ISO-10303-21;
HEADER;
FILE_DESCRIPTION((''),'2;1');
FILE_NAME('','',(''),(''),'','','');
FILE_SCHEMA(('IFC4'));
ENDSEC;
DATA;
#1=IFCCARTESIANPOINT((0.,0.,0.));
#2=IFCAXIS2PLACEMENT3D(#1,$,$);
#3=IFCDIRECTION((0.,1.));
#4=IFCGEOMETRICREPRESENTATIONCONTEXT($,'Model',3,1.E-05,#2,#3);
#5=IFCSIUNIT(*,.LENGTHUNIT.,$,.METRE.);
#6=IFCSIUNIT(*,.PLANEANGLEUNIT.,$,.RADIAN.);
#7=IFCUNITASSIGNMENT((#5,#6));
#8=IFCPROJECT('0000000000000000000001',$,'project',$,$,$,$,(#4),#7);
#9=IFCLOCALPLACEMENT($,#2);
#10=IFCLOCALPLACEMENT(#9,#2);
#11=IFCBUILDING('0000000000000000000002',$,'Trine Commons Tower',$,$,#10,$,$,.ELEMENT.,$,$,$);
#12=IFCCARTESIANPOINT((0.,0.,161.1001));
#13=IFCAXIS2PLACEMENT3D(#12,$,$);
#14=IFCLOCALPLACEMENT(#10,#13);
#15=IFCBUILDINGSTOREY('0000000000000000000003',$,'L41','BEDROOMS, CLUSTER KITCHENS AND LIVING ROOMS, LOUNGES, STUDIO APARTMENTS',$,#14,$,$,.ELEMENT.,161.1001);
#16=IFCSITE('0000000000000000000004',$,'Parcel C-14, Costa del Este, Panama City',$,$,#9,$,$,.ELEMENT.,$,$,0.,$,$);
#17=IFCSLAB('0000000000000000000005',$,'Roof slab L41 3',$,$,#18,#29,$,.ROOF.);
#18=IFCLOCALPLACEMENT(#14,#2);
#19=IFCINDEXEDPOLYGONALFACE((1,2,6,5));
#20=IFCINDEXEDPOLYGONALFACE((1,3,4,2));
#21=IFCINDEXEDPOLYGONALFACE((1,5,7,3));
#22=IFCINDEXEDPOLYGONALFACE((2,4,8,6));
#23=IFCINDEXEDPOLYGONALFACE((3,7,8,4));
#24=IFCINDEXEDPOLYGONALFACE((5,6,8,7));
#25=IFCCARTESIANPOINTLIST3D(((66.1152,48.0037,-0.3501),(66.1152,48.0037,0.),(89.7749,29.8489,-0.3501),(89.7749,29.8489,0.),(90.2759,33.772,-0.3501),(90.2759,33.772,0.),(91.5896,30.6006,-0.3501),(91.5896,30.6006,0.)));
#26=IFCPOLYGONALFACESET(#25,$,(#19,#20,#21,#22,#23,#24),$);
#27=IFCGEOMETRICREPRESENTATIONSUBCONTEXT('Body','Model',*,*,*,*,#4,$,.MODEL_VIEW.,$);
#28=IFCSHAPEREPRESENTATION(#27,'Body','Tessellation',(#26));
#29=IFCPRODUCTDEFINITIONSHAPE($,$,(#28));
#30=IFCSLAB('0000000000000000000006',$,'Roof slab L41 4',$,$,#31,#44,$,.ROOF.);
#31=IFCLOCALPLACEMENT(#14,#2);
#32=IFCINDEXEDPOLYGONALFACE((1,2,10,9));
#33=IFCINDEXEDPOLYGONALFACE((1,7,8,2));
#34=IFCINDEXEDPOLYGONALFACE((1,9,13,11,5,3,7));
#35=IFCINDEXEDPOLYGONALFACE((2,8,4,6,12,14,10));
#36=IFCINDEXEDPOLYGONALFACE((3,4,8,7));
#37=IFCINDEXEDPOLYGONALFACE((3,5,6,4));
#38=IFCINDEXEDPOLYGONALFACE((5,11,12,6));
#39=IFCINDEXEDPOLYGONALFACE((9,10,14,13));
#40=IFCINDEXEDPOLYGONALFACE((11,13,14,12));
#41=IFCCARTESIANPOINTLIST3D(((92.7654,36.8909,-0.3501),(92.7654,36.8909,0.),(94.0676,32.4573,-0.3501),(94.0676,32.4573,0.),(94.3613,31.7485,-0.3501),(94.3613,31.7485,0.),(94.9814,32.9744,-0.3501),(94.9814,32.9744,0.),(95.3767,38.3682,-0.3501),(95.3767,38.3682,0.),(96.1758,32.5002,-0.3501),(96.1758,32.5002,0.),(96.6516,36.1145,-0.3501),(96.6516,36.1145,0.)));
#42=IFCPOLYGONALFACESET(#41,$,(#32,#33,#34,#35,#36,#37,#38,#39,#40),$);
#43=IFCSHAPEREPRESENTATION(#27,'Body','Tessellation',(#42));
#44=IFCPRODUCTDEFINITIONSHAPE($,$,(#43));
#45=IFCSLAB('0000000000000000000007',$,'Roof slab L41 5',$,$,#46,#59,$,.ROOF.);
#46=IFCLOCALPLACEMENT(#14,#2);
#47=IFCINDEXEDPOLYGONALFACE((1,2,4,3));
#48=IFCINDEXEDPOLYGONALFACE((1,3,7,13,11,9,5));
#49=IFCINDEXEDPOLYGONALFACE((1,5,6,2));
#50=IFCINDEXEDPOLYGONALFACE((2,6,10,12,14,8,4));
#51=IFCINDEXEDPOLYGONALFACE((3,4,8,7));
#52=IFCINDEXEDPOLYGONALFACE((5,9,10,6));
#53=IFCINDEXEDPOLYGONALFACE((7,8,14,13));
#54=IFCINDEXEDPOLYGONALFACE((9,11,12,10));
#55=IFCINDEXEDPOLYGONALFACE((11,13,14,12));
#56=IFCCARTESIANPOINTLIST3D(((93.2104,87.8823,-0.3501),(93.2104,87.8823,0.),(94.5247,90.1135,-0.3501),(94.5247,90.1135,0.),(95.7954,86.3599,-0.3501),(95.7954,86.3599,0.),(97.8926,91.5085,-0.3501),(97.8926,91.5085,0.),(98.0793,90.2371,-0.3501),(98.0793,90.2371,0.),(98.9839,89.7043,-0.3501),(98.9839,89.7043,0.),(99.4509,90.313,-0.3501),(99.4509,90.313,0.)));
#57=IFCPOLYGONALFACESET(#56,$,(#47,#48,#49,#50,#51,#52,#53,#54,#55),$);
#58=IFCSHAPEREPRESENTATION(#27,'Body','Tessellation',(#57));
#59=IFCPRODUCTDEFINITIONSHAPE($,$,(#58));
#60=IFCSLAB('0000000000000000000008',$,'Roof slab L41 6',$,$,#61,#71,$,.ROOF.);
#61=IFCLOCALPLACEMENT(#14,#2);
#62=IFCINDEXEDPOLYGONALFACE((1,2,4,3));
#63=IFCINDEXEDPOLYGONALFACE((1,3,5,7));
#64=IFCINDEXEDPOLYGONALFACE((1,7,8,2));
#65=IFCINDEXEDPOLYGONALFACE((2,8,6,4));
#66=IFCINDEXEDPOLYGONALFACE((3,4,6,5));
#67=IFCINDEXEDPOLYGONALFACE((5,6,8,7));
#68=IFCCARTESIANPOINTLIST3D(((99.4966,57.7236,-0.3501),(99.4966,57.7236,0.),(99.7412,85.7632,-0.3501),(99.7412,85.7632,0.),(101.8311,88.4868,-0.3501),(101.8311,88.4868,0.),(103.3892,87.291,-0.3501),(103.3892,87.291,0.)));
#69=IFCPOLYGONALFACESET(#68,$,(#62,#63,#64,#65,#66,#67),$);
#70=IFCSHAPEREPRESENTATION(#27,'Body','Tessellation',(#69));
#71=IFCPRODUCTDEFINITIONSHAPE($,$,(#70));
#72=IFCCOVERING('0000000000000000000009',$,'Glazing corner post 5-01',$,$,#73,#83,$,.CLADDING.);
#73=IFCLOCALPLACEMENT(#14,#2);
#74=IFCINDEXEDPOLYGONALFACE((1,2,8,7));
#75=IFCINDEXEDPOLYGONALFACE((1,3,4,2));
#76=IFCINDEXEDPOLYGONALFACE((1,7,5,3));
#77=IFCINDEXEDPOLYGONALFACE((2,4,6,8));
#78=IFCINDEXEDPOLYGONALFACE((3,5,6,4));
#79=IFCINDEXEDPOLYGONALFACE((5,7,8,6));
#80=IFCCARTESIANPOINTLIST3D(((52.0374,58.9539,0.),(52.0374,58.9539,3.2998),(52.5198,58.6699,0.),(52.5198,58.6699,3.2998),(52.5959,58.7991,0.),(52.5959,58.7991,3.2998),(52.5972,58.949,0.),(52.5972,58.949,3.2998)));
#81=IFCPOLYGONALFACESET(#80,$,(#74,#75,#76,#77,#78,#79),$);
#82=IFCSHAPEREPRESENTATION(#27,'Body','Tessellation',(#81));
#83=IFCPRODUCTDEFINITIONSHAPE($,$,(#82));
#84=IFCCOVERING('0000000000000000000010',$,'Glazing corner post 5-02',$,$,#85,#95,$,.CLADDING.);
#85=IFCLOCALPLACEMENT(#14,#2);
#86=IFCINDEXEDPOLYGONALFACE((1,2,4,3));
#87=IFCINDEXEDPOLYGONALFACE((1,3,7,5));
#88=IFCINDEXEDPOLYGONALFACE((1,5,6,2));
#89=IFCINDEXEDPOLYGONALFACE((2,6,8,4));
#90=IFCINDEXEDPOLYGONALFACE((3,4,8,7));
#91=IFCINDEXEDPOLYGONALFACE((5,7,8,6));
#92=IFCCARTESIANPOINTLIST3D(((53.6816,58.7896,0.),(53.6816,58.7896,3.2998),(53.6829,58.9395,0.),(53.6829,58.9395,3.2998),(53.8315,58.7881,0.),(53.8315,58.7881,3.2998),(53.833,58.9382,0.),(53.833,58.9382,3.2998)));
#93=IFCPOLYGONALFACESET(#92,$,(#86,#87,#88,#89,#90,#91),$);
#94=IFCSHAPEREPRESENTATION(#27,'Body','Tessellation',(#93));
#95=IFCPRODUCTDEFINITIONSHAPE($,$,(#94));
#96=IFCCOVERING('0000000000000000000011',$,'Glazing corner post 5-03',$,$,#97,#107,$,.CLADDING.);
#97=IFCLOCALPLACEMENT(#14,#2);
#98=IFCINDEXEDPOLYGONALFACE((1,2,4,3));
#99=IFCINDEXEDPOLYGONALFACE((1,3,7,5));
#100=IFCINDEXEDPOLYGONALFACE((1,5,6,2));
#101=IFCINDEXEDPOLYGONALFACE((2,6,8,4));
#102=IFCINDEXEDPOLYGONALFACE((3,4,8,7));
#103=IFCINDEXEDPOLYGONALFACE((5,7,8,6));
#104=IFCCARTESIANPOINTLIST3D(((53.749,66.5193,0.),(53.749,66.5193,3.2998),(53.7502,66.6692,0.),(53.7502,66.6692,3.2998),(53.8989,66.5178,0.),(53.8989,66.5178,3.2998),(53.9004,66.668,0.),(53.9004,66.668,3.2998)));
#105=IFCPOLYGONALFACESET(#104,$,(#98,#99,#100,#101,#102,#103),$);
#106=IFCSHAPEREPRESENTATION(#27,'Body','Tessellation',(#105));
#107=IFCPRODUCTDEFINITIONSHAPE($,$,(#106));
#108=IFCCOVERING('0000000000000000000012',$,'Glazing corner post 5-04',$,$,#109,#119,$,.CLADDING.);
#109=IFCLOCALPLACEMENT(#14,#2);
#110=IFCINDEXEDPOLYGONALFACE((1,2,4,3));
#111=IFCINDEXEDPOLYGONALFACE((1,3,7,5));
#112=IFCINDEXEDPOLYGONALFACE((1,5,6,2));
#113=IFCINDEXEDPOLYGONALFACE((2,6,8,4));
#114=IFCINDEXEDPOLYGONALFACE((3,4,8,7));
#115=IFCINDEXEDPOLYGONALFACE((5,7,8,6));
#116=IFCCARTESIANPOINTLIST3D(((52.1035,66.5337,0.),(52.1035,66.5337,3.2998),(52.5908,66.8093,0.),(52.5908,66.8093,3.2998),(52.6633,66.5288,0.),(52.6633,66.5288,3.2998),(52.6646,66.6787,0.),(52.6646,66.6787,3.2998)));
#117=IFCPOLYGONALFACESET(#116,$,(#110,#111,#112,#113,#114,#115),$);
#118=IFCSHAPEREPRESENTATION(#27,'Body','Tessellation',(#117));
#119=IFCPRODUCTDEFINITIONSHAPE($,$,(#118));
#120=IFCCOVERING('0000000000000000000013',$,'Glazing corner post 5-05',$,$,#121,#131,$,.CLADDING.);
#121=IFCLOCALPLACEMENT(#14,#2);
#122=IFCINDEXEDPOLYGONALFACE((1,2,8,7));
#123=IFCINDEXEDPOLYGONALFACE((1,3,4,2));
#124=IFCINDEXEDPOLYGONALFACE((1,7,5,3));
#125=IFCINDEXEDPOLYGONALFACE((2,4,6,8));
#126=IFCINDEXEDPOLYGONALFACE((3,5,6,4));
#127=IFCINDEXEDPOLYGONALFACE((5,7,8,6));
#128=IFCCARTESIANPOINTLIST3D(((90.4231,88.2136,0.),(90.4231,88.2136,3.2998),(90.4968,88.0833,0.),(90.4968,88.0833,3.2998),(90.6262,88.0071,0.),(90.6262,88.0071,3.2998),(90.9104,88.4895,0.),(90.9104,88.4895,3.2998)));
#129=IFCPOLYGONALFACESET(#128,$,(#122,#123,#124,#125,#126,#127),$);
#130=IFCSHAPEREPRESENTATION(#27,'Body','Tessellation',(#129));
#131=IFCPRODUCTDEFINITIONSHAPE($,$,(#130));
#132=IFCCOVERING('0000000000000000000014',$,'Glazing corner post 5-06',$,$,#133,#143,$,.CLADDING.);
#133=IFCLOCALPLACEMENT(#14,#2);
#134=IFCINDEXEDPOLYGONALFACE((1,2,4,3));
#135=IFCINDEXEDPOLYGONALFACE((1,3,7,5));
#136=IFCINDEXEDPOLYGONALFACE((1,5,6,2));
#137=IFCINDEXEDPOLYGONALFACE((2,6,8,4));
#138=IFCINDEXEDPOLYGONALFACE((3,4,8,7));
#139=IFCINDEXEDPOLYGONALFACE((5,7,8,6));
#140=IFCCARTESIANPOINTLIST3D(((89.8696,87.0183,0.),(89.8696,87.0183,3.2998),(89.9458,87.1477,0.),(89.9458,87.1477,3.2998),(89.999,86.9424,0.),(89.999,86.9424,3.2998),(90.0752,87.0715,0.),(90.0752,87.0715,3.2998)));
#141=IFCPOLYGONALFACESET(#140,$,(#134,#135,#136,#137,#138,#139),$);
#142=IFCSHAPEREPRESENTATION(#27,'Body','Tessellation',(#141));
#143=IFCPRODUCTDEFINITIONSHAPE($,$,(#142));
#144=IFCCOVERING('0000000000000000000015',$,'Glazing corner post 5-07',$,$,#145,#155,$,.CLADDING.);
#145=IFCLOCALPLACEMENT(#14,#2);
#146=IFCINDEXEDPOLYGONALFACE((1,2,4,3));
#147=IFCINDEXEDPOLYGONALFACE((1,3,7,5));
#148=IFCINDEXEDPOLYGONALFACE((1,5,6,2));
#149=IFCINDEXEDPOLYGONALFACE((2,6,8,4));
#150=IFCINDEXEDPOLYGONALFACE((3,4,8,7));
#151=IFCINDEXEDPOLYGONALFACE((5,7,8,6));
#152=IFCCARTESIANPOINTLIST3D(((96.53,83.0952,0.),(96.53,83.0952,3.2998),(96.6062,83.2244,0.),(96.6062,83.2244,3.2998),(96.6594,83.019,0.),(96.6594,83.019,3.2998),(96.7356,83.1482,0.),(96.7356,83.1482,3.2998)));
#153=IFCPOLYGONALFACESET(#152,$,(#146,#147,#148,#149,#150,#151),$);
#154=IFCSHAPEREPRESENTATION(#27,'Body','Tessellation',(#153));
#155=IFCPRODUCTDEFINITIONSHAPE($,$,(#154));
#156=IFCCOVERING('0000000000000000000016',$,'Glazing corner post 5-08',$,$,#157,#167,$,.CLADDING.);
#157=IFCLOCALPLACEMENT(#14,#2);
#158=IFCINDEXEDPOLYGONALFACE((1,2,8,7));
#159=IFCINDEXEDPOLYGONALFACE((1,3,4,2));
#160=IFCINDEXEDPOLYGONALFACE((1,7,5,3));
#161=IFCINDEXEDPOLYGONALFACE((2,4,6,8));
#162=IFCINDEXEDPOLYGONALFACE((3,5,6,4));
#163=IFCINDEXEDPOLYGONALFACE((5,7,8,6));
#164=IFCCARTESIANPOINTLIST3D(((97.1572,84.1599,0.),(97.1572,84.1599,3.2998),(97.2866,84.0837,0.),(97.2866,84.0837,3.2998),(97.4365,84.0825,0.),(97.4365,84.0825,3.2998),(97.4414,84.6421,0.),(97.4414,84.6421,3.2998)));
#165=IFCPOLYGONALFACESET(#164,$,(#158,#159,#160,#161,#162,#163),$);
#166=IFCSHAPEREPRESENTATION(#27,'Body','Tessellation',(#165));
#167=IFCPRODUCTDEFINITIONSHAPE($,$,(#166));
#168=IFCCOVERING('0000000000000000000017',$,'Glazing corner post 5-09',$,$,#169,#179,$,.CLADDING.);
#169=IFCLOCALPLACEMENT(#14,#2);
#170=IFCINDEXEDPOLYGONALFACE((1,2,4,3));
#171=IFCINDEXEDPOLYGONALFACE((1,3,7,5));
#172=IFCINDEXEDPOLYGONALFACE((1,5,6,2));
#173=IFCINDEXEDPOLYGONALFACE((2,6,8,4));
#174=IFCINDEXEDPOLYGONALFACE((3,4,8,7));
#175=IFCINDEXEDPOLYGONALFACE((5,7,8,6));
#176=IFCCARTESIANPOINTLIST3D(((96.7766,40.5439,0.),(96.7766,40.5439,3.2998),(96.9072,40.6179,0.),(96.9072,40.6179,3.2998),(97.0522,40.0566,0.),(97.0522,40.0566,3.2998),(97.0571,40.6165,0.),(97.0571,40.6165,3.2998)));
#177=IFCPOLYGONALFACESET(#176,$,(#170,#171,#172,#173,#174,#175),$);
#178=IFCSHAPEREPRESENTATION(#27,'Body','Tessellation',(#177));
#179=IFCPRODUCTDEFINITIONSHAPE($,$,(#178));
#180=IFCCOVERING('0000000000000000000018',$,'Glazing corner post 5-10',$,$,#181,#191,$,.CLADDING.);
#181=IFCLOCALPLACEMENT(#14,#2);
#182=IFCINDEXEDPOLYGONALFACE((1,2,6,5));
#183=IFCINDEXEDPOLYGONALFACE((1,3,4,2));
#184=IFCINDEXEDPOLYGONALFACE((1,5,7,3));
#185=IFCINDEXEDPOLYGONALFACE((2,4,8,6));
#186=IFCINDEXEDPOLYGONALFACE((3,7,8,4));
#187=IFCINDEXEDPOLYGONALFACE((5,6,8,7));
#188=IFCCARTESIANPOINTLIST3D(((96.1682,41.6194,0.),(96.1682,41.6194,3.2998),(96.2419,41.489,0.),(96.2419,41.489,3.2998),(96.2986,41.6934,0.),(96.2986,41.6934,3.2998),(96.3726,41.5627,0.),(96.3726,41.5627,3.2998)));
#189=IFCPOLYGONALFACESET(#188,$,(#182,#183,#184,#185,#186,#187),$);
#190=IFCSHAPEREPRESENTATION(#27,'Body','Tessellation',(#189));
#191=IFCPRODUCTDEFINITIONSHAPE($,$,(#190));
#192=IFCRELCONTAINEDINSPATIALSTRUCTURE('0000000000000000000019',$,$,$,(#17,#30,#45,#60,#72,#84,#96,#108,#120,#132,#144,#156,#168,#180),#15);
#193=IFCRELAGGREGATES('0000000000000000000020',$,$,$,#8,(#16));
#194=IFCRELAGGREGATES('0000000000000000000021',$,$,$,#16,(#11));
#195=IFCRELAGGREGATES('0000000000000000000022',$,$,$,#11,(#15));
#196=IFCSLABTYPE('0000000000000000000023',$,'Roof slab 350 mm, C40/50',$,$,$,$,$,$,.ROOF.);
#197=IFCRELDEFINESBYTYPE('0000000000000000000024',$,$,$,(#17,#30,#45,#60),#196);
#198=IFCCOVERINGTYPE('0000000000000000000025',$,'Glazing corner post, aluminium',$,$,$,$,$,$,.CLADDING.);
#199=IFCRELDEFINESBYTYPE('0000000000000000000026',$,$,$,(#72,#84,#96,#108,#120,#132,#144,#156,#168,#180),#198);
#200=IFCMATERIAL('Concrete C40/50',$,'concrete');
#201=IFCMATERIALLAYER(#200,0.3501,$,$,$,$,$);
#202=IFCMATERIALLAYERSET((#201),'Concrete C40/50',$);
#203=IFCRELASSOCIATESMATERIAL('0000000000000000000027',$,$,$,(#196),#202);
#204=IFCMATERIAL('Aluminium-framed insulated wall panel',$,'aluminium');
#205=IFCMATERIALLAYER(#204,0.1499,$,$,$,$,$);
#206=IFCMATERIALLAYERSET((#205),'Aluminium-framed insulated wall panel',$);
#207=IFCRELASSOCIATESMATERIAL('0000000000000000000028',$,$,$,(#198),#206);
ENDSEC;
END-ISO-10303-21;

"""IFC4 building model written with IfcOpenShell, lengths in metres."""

from ifc_helpers import new_model, si_unit, direction, frame, origin, place, context, subcontext, project, spatial, polyline, outline, extrude, material, layer, layer_set, type_object, element, save


model = new_model("IFC4")

# Units and contexts
model_context = context("Model", 3, precision=1e-05, world=origin(), true_north=direction((0.0, 1.0)))
body_context = subcontext(model_context, "Body", "Model", "MODEL_VIEW")
ifc_project = project(units=[si_unit("LENGTHUNIT", "METRE"), si_unit("PLANEANGLEUNIT", "RADIAN")], contexts=[model_context])

# Site, building, storey
site_placement = place(None, origin())
site = spatial("IfcSite", under=ifc_project, at=site_placement, Name="Parcel C-14, Costa del Este, Panama City", CompositionType="ELEMENT", RefElevation=0.0)
building_placement = place(site_placement, origin())
building = spatial("IfcBuilding", under=site, at=building_placement, Name="Trine Commons Tower", CompositionType="ELEMENT")
storey_placement = place(building_placement, frame((0.0, 0.0, 161.1001)))
storey = spatial("IfcBuildingStorey", under=building, at=storey_placement, Name="L41", Description="BEDROOMS, CLUSTER KITCHENS AND LIVING ROOMS, LOUNGES, STUDIO APARTMENTS", CompositionType="ELEMENT", Elevation=161.1001)

# Slabs
ifc_material_1 = material(Name="Concrete C40/50", Category="concrete")
ifc_layer_1 = layer(ifc_material_1, 0.3501)
ifc_layer_set_1 = layer_set([ifc_layer_1], Name="Concrete C40/50")
slab_type_1 = type_object("IfcSlabType", Name="Roof slab 350 mm, C40/50", PredefinedType="ROOF", material=ifc_layer_set_1)
slab_1_placement = place(storey_placement, frame((0.0, 0.0, -0.3501)))
element("IfcSlab", 1, at=slab_1_placement, inside=storey, type_object=slab_type_1, Name="Roof slab L41 3", PredefinedType="ROOF", context=body_context, shape_type="SweptSolid", body=[
    extrude(outline(polyline([(90.2759, 33.772), (66.1152, 48.0037), (89.7749, 29.8489), (91.5896, 30.6006), (90.2759, 33.772)])), origin(), (0.0, 0.0, 1.0), 0.3501),
])
slab_2_placement = place(storey_placement, frame((0.0, 0.0, -0.3501)))
element("IfcSlab", 2, at=slab_2_placement, inside=storey, type_object=slab_type_1, Name="Roof slab L41 4", PredefinedType="ROOF", context=body_context, shape_type="SweptSolid", body=[
    extrude(outline(polyline([(96.1758, 32.5002), (96.6516, 36.1145), (95.3767, 38.3682), (92.7654, 36.8909), (94.9814, 32.9744), (94.0676, 32.4573), (94.3613, 31.7485), (96.1758, 32.5002)])), origin(), (0.0, 0.0, 1.0), 0.3501),
])
slab_3_placement = place(storey_placement, frame((0.0, 0.0, -0.3501)))
element("IfcSlab", 3, at=slab_3_placement, inside=storey, type_object=slab_type_1, Name="Roof slab L41 5", PredefinedType="ROOF", context=body_context, shape_type="SweptSolid", body=[
    extrude(outline(polyline([(94.5247, 90.1135), (93.2104, 87.8823), (95.7954, 86.3599), (98.0793, 90.2371), (98.9839, 89.7043), (99.4509, 90.313), (97.8926, 91.5085), (94.5247, 90.1135)])), origin(), (0.0, 0.0, 1.0), 0.3501),
])
slab_4_placement = place(storey_placement, frame((0.0, 0.0, -0.3501)))
element("IfcSlab", 4, at=slab_4_placement, inside=storey, type_object=slab_type_1, Name="Roof slab L41 6", PredefinedType="ROOF", context=body_context, shape_type="SweptSolid", body=[
    extrude(outline(polyline([(99.7412, 85.7632), (99.4966, 57.7236), (103.3892, 87.291), (101.8311, 88.4868), (99.7412, 85.7632)])), origin(), (0.0, 0.0, 1.0), 0.3501),
])

# Coverings
ifc_material_2 = material(Name="Aluminium-framed insulated wall panel", Category="aluminium")
ifc_layer_2 = layer(ifc_material_2, 0.1499)
ifc_layer_set_2 = layer_set([ifc_layer_2], Name="Aluminium-framed insulated wall panel")
covering_type_1 = type_object("IfcCoveringType", Name="Glazing corner post, aluminium", PredefinedType="CLADDING", material=ifc_layer_set_2)
covering_1_placement = place(storey_placement, origin())
element("IfcCovering", 5, at=covering_1_placement, inside=storey, type_object=covering_type_1, Name="Glazing corner post 5-01", PredefinedType="CLADDING", context=body_context, shape_type="SweptSolid", body=[
    extrude(outline(polyline([(52.5198, 58.6699), (52.5959, 58.7991), (52.5972, 58.949), (52.0374, 58.9539), (52.5198, 58.6699)])), origin(), (0.0, 0.0, 1.0), 3.2998),
])
covering_2_placement = place(storey_placement, origin())
element("IfcCovering", 6, at=covering_2_placement, inside=storey, type_object=covering_type_1, Name="Glazing corner post 5-02", PredefinedType="CLADDING", context=body_context, shape_type="SweptSolid", body=[
    extrude(outline(polyline([(53.6816, 58.7896), (53.8315, 58.7881), (53.833, 58.9382), (53.6829, 58.9395), (53.6816, 58.7896)])), origin(), (0.0, 0.0, 1.0), 3.2998),
])
covering_3_placement = place(storey_placement, origin())
element("IfcCovering", 7, at=covering_3_placement, inside=storey, type_object=covering_type_1, Name="Glazing corner post 5-03", PredefinedType="CLADDING", context=body_context, shape_type="SweptSolid", body=[
    extrude(outline(polyline([(53.8989, 66.5178), (53.9004, 66.668), (53.7502, 66.6692), (53.749, 66.5193), (53.8989, 66.5178)])), origin(), (0.0, 0.0, 1.0), 3.2998),
])
covering_4_placement = place(storey_placement, origin())
element("IfcCovering", 8, at=covering_4_placement, inside=storey, type_object=covering_type_1, Name="Glazing corner post 5-04", PredefinedType="CLADDING", context=body_context, shape_type="SweptSolid", body=[
    extrude(outline(polyline([(52.6633, 66.5288), (52.6646, 66.6787), (52.5908, 66.8093), (52.1035, 66.5337), (52.6633, 66.5288)])), origin(), (0.0, 0.0, 1.0), 3.2998),
])
covering_5_placement = place(storey_placement, origin())
element("IfcCovering", 9, at=covering_5_placement, inside=storey, type_object=covering_type_1, Name="Glazing corner post 5-05", PredefinedType="CLADDING", context=body_context, shape_type="SweptSolid", body=[
    extrude(outline(polyline([(90.6262, 88.0071), (90.9104, 88.4895), (90.4231, 88.2136), (90.4968, 88.0833), (90.6262, 88.0071)])), origin(), (0.0, 0.0, 1.0), 3.2998),
])
covering_6_placement = place(storey_placement, origin())
element("IfcCovering", 10, at=covering_6_placement, inside=storey, type_object=covering_type_1, Name="Glazing corner post 5-06", PredefinedType="CLADDING", context=body_context, shape_type="SweptSolid", body=[
    extrude(outline(polyline([(89.999, 86.9424), (90.0752, 87.0715), (89.9458, 87.1477), (89.8696, 87.0183), (89.999, 86.9424)])), origin(), (0.0, 0.0, 1.0), 3.2998),
])
covering_7_placement = place(storey_placement, origin())
element("IfcCovering", 11, at=covering_7_placement, inside=storey, type_object=covering_type_1, Name="Glazing corner post 5-07", PredefinedType="CLADDING", context=body_context, shape_type="SweptSolid", body=[
    extrude(outline(polyline([(96.53, 83.0952), (96.6594, 83.019), (96.7356, 83.1482), (96.6062, 83.2244), (96.53, 83.0952)])), origin(), (0.0, 0.0, 1.0), 3.2998),
])
covering_8_placement = place(storey_placement, origin())
element("IfcCovering", 12, at=covering_8_placement, inside=storey, type_object=covering_type_1, Name="Glazing corner post 5-08", PredefinedType="CLADDING", context=body_context, shape_type="SweptSolid", body=[
    extrude(outline(polyline([(97.4365, 84.0825), (97.4414, 84.6421), (97.1572, 84.1599), (97.2866, 84.0837), (97.4365, 84.0825)])), origin(), (0.0, 0.0, 1.0), 3.2998),
])
covering_9_placement = place(storey_placement, origin())
element("IfcCovering", 13, at=covering_9_placement, inside=storey, type_object=covering_type_1, Name="Glazing corner post 5-09", PredefinedType="CLADDING", context=body_context, shape_type="SweptSolid", body=[
    extrude(outline(polyline([(96.7766, 40.5439), (97.0522, 40.0566), (97.0571, 40.6165), (96.9072, 40.6179), (96.9072, 40.6179), (96.7766, 40.5439)])), origin(), (0.0, 0.0, 1.0), 3.2998),
])
covering_10_placement = place(storey_placement, origin())
element("IfcCovering", 14, at=covering_10_placement, inside=storey, type_object=covering_type_1, Name="Glazing corner post 5-10", PredefinedType="CLADDING", context=body_context, shape_type="SweptSolid", body=[
    extrude(outline(polyline([(96.1682, 41.6194), (96.2419, 41.489), (96.3726, 41.5627), (96.2986, 41.6934), (96.1682, 41.6194)])), origin(), (0.0, 0.0, 1.0), 3.2998),
])

save(model, "model.ifc")
